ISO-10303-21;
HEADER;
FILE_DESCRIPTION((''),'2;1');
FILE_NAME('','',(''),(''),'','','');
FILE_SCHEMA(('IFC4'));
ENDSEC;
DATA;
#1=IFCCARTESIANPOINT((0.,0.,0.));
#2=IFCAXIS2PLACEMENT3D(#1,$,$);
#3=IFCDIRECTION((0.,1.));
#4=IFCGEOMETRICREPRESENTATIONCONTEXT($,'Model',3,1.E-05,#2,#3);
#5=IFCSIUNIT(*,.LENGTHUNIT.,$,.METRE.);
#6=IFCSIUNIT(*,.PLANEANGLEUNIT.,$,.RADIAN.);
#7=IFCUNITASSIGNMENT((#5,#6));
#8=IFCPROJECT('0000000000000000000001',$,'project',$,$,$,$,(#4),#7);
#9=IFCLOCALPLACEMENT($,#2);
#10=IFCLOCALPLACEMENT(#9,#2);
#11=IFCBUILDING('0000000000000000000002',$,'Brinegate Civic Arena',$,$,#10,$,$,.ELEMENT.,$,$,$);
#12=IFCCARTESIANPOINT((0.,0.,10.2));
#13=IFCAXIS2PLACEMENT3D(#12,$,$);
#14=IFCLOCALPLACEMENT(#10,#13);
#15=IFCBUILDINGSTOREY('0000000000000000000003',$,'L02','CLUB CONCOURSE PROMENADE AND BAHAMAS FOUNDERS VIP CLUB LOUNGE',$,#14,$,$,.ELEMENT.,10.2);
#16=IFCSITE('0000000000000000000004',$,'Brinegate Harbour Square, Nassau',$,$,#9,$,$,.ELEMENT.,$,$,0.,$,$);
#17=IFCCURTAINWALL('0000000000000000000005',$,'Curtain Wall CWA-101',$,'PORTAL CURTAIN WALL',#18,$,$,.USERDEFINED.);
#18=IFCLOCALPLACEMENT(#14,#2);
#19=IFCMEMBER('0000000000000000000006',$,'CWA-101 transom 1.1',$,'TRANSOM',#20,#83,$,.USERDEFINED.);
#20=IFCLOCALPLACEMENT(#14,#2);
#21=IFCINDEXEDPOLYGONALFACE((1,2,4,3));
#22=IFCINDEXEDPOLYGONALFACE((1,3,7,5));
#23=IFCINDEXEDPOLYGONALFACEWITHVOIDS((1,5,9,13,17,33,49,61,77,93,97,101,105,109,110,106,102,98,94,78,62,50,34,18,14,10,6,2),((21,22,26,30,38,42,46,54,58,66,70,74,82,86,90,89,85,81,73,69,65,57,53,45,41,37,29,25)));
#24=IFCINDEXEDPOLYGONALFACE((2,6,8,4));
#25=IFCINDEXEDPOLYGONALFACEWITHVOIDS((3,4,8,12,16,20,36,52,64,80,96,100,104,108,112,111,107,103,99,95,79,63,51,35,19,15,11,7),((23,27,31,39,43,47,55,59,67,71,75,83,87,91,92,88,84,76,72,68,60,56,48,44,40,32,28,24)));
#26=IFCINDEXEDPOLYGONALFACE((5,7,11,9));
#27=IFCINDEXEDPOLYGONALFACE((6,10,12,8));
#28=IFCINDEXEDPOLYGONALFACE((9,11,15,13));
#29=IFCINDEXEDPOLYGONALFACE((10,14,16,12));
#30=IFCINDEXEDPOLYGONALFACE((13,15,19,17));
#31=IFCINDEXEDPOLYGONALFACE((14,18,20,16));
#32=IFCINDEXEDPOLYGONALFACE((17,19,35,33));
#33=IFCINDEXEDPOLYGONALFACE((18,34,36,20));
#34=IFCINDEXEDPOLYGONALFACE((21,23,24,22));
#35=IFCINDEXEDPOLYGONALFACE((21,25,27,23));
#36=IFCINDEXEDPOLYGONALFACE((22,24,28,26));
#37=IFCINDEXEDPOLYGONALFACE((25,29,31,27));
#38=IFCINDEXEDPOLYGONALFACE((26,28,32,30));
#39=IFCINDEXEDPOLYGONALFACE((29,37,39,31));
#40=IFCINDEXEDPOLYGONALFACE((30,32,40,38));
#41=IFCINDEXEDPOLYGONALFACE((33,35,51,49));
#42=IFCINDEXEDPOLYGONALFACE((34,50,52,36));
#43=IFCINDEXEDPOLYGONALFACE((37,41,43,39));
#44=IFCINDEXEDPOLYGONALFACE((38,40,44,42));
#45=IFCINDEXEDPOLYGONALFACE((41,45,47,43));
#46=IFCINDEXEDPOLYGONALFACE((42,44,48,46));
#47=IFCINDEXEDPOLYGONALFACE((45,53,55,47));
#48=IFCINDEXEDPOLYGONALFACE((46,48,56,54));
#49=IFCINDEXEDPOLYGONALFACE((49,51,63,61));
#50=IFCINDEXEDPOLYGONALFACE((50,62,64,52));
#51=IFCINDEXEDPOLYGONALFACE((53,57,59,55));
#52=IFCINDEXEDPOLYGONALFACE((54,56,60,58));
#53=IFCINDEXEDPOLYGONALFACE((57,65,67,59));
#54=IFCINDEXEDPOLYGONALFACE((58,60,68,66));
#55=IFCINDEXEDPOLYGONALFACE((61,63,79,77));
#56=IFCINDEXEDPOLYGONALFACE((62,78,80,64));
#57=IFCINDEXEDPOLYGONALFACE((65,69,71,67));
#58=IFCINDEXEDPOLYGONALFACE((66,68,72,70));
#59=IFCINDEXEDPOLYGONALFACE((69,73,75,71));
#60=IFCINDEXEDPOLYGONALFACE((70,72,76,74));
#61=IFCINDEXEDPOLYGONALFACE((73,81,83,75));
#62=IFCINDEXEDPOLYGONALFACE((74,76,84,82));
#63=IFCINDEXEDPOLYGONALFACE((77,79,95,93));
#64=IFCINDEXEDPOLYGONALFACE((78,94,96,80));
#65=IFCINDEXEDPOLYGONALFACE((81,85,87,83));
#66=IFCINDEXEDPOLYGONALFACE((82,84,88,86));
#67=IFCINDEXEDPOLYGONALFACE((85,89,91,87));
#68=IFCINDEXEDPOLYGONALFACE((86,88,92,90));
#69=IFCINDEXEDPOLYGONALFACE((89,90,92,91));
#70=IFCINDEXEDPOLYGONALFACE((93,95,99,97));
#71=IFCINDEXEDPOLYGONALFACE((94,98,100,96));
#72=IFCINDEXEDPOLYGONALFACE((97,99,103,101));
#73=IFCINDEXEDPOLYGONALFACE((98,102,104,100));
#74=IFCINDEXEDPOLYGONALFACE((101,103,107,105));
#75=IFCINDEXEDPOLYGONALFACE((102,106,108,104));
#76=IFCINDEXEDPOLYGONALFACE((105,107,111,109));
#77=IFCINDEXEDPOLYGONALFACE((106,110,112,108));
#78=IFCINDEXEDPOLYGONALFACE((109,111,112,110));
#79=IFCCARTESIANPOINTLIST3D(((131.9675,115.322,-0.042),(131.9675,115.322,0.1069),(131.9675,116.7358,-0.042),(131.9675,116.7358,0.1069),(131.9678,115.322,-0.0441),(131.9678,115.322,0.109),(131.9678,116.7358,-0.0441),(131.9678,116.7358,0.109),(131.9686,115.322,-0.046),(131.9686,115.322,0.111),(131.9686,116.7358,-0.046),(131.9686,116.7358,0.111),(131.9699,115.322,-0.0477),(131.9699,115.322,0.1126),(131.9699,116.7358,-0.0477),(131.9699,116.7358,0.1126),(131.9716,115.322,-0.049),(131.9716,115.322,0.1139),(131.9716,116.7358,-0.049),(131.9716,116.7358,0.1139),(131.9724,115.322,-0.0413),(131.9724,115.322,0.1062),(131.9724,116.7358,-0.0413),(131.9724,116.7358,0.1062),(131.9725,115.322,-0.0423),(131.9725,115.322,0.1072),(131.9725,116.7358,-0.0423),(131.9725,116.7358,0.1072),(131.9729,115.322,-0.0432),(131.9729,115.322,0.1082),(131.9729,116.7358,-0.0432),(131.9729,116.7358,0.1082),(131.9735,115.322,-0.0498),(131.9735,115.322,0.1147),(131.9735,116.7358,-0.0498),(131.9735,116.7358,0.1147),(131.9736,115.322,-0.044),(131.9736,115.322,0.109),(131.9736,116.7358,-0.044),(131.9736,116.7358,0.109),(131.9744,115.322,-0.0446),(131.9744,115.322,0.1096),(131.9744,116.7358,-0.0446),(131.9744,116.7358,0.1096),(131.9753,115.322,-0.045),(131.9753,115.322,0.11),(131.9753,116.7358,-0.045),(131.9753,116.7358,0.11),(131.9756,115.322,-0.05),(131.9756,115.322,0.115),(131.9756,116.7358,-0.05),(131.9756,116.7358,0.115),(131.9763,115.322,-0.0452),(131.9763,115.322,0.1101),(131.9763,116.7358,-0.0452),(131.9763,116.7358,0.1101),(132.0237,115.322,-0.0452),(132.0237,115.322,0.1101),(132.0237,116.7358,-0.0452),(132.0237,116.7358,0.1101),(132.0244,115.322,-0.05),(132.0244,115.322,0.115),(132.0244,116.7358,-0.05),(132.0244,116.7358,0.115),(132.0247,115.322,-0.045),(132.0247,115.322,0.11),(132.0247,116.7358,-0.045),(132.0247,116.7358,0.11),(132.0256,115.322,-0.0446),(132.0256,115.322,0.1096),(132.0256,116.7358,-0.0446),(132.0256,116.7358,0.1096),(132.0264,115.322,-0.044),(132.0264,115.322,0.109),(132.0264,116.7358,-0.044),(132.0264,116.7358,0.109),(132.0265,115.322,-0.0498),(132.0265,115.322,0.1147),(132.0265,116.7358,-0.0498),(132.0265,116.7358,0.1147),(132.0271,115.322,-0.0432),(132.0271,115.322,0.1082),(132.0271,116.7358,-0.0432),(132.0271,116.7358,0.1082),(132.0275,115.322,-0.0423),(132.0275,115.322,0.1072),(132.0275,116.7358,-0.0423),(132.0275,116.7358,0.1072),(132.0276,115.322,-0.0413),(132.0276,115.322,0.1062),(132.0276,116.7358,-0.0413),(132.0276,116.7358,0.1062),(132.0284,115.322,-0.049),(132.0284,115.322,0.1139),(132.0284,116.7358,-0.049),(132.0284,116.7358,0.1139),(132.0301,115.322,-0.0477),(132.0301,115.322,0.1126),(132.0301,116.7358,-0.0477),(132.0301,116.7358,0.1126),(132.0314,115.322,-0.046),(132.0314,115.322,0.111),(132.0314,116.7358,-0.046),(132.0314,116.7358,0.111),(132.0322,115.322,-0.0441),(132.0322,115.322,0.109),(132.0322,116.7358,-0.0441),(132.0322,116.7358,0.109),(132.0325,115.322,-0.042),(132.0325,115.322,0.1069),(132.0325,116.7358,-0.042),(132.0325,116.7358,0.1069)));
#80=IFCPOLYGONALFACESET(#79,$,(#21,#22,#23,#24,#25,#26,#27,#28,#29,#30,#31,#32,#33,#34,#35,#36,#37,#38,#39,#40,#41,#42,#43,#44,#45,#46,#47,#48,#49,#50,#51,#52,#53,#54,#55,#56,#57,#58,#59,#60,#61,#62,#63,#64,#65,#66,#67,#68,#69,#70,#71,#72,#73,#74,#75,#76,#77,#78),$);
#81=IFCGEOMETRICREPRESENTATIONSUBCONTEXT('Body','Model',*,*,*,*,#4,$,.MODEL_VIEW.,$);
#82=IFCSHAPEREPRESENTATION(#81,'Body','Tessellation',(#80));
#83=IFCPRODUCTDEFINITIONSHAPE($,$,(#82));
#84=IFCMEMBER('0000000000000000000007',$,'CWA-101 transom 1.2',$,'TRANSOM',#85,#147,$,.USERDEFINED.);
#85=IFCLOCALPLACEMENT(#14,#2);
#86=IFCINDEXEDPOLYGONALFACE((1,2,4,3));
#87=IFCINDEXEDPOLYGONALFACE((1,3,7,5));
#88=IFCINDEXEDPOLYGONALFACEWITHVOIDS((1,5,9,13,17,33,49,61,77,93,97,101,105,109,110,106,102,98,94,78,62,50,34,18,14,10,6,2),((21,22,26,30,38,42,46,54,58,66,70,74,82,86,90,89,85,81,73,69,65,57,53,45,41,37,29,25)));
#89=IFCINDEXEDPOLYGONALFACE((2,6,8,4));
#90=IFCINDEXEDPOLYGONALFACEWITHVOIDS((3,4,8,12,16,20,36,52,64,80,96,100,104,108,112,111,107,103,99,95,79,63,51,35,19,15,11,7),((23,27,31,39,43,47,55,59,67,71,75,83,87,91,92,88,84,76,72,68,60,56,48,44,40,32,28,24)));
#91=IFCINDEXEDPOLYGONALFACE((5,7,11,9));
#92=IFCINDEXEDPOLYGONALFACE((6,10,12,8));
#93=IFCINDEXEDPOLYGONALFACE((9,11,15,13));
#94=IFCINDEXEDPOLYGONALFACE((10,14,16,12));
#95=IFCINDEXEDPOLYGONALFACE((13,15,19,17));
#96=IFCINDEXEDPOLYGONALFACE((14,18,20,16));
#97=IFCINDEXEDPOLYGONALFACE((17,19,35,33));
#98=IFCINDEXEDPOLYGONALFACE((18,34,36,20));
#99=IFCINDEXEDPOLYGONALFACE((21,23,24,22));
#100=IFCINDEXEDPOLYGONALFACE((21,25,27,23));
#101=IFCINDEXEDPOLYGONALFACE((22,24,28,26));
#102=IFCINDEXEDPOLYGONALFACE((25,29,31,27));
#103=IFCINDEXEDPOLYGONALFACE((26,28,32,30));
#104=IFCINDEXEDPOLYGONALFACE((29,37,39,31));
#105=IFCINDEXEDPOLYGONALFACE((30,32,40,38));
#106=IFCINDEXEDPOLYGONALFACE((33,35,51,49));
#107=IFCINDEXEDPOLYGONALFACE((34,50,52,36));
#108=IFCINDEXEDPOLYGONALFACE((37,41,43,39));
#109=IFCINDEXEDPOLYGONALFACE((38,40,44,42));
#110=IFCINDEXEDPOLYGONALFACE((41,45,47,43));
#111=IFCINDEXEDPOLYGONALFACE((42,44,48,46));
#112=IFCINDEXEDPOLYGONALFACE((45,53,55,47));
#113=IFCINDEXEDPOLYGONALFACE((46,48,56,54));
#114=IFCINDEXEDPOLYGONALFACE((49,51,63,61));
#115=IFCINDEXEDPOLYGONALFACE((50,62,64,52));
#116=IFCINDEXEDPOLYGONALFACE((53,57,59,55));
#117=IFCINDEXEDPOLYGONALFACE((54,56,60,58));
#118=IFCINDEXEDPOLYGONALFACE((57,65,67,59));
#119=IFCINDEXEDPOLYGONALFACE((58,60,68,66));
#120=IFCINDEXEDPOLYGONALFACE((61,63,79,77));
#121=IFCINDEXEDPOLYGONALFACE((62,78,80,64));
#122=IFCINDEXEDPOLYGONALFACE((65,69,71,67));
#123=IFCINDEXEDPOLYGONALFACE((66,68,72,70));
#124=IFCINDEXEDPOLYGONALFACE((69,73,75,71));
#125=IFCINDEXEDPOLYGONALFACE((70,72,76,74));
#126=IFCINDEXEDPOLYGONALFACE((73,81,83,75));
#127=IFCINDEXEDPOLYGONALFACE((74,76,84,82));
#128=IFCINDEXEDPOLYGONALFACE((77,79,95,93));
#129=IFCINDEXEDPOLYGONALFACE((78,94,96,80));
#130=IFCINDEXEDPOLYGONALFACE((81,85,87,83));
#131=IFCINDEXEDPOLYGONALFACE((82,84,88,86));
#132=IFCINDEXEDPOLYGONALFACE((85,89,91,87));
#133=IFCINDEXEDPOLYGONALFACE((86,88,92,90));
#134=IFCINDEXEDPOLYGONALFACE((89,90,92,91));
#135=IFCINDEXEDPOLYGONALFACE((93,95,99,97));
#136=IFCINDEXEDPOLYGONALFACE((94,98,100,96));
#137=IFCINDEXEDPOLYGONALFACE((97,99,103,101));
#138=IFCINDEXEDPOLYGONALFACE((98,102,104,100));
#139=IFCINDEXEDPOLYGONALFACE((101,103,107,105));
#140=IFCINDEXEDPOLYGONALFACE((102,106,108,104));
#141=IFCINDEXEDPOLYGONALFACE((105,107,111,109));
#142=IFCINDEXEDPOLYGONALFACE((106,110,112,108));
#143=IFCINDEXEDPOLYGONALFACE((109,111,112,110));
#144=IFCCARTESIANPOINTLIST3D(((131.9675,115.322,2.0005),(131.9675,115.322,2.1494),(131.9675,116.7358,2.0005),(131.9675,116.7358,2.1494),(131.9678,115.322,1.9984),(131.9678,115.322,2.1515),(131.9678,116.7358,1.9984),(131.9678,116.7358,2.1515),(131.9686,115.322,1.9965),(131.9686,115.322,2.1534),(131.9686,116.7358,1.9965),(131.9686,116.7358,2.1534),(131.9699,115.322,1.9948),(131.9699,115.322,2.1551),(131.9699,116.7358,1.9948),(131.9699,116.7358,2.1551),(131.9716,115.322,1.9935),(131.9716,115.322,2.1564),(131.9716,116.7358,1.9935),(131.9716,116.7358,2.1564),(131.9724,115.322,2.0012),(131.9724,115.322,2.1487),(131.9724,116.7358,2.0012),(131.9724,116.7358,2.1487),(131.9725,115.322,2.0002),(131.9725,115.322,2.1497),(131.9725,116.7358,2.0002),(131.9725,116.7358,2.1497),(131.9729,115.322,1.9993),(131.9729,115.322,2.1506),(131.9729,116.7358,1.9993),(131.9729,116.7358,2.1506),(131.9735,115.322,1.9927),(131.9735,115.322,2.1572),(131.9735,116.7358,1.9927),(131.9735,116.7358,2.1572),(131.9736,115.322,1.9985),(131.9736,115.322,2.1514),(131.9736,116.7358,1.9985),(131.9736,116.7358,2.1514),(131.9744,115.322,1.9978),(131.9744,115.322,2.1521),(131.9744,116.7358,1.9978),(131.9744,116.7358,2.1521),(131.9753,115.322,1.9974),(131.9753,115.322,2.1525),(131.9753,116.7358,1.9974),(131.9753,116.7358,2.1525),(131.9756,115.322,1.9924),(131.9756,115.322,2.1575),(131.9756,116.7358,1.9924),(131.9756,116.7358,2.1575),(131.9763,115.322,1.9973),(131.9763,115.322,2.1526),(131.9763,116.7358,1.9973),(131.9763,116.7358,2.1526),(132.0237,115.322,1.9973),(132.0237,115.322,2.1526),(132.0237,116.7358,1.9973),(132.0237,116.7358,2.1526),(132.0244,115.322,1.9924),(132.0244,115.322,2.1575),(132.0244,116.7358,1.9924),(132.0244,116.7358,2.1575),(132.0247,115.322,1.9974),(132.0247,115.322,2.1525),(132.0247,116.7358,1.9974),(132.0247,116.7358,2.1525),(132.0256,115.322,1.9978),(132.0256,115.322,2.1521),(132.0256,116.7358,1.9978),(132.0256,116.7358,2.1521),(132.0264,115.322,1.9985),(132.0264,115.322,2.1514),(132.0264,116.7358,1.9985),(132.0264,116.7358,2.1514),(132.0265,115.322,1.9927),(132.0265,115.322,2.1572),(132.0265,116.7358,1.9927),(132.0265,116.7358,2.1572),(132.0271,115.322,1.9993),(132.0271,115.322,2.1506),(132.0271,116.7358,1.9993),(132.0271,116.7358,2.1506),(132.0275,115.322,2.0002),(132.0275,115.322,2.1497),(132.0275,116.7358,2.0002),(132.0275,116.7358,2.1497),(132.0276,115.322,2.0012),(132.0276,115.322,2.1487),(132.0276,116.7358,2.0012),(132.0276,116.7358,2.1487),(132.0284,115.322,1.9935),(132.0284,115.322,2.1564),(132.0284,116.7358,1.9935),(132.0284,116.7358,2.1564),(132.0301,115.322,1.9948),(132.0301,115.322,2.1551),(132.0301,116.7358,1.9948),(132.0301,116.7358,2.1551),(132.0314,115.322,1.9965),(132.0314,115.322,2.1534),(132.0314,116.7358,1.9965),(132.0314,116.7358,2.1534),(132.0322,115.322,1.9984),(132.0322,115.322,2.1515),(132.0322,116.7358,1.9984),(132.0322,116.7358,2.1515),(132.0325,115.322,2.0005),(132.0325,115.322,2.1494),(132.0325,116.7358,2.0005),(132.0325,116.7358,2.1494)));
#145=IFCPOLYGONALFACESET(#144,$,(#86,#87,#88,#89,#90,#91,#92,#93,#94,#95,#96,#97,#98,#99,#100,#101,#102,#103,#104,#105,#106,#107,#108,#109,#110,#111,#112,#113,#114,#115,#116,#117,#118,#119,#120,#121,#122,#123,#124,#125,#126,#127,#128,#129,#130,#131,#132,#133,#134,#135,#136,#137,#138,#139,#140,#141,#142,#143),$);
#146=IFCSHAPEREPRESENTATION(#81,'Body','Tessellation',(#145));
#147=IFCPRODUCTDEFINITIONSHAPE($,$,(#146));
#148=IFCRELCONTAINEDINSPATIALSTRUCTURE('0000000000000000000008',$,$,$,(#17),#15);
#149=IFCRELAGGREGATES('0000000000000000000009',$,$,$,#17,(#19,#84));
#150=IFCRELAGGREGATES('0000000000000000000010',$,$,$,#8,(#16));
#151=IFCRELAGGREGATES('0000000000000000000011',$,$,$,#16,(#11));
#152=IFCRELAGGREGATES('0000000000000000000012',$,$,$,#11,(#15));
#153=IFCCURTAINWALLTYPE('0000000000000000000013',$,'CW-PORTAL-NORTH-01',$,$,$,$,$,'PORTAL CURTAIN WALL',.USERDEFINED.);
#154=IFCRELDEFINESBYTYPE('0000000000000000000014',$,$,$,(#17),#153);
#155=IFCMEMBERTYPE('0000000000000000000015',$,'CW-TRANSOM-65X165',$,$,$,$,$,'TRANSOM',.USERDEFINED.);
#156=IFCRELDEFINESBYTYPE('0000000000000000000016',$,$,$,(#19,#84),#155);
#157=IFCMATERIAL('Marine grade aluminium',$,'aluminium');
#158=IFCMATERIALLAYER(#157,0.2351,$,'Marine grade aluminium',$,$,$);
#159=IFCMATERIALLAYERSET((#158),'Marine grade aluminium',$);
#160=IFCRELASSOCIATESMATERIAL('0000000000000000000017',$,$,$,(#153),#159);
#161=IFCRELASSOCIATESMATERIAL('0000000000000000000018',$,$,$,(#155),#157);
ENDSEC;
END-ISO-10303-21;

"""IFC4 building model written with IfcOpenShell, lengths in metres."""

from ifc_helpers import new_model, si_unit, direction, frame, origin, origin_2d, place, context, subcontext, project, spatial, hollow_rectangle, extrude, material, layer, layer_set, material_profile, profile_set, type_object, element, aggregate, save


model = new_model("IFC4")

# Units and contexts
model_context = context("Model", 3, precision=1e-05, world=origin(), true_north=direction((0.0, 1.0)))
body_context = subcontext(model_context, "Body", "Model", "MODEL_VIEW")
ifc_project = project(units=[si_unit("LENGTHUNIT", "METRE"), si_unit("PLANEANGLEUNIT", "RADIAN")], contexts=[model_context])

# Site, building, storey
site_placement = place(None, origin())
site = spatial("IfcSite", under=ifc_project, at=site_placement, Name="Brinegate Harbour Square, Nassau", CompositionType="ELEMENT", RefElevation=0.0)
building_placement = place(site_placement, origin())
building = spatial("IfcBuilding", under=site, at=building_placement, Name="Brinegate Civic Arena", CompositionType="ELEMENT")
storey_placement = place(building_placement, frame((0.0, 0.0, 10.2)))
storey = spatial("IfcBuildingStorey", under=building, at=storey_placement, Name="L02", Description="CLUB CONCOURSE PROMENADE AND BAHAMAS FOUNDERS VIP CLUB LOUNGE", CompositionType="ELEMENT", Elevation=10.2)

# Curtain wall, members
ifc_material_1 = material(Name="Marine grade aluminium", Category="aluminium")
ifc_layer_1 = layer(ifc_material_1, 0.2351, Name="Marine grade aluminium")
ifc_layer_set_1 = layer_set([ifc_layer_1], Name="Marine grade aluminium")
curtain_wall_type = type_object("IfcCurtainWallType", Name="CW-PORTAL-NORTH-01", ElementType="PORTAL CURTAIN WALL", PredefinedType="USERDEFINED", material=ifc_layer_set_1)
curtain_wall_placement = place(storey_placement, origin())
curtain_wall = element("IfcCurtainWall", 1, at=curtain_wall_placement, inside=storey, type_object=curtain_wall_type, Name="Curtain Wall CWA-101", ObjectType="PORTAL CURTAIN WALL", PredefinedType="USERDEFINED")
ifc_material_profile_1 = material_profile(ifc_material_1, hollow_rectangle(XDim=0.0649, YDim=0.165, WallThickness=0.0049, InnerFilletRadius=0.0039, OuterFilletRadius=0.0081, at=origin_2d()), Name="TRN65X165")
ifc_profile_set_1 = profile_set([ifc_material_profile_1], Name="Marine grade aluminium")
member_type_1 = type_object("IfcMemberType", Name="CW-TRANSOM-65X165", ElementType="TRANSOM", PredefinedType="USERDEFINED", material=ifc_profile_set_1)
member_1_placement = place(storey_placement, frame((132.0, 115.322, 0.0325), z_axis=(0.0, 1.0, 0.0), x_axis=(-1.0, 0.0, 0.0)))
member_1 = element("IfcMember", 2, at=member_1_placement, type_object=member_type_1, Name="CWA-101 transom 1.1", ObjectType="TRANSOM", PredefinedType="USERDEFINED", context=body_context, shape_type="SweptSolid", body=[
    extrude(hollow_rectangle(XDim=0.0649, YDim=0.165, WallThickness=0.0049, InnerFilletRadius=0.0039, OuterFilletRadius=0.0081, at=origin_2d()), origin(), (0.0, 0.0, 1.0), 1.4138),
])
member_2_placement = place(storey_placement, frame((132.0, 115.322, 2.075), z_axis=(0.0, 1.0, 0.0), x_axis=(-1.0, 0.0, 0.0)))
member_2 = element("IfcMember", 3, at=member_2_placement, type_object=member_type_1, Name="CWA-101 transom 1.2", ObjectType="TRANSOM", PredefinedType="USERDEFINED", context=body_context, shape_type="SweptSolid", body=[
    extrude(hollow_rectangle(XDim=0.0649, YDim=0.165, WallThickness=0.0049, InnerFilletRadius=0.0039, OuterFilletRadius=0.0081, at=origin_2d()), origin(), (0.0, 0.0, 1.0), 1.4138),
])

aggregate(curtain_wall, [member_1, member_2])

save(model, "model.ifc")
